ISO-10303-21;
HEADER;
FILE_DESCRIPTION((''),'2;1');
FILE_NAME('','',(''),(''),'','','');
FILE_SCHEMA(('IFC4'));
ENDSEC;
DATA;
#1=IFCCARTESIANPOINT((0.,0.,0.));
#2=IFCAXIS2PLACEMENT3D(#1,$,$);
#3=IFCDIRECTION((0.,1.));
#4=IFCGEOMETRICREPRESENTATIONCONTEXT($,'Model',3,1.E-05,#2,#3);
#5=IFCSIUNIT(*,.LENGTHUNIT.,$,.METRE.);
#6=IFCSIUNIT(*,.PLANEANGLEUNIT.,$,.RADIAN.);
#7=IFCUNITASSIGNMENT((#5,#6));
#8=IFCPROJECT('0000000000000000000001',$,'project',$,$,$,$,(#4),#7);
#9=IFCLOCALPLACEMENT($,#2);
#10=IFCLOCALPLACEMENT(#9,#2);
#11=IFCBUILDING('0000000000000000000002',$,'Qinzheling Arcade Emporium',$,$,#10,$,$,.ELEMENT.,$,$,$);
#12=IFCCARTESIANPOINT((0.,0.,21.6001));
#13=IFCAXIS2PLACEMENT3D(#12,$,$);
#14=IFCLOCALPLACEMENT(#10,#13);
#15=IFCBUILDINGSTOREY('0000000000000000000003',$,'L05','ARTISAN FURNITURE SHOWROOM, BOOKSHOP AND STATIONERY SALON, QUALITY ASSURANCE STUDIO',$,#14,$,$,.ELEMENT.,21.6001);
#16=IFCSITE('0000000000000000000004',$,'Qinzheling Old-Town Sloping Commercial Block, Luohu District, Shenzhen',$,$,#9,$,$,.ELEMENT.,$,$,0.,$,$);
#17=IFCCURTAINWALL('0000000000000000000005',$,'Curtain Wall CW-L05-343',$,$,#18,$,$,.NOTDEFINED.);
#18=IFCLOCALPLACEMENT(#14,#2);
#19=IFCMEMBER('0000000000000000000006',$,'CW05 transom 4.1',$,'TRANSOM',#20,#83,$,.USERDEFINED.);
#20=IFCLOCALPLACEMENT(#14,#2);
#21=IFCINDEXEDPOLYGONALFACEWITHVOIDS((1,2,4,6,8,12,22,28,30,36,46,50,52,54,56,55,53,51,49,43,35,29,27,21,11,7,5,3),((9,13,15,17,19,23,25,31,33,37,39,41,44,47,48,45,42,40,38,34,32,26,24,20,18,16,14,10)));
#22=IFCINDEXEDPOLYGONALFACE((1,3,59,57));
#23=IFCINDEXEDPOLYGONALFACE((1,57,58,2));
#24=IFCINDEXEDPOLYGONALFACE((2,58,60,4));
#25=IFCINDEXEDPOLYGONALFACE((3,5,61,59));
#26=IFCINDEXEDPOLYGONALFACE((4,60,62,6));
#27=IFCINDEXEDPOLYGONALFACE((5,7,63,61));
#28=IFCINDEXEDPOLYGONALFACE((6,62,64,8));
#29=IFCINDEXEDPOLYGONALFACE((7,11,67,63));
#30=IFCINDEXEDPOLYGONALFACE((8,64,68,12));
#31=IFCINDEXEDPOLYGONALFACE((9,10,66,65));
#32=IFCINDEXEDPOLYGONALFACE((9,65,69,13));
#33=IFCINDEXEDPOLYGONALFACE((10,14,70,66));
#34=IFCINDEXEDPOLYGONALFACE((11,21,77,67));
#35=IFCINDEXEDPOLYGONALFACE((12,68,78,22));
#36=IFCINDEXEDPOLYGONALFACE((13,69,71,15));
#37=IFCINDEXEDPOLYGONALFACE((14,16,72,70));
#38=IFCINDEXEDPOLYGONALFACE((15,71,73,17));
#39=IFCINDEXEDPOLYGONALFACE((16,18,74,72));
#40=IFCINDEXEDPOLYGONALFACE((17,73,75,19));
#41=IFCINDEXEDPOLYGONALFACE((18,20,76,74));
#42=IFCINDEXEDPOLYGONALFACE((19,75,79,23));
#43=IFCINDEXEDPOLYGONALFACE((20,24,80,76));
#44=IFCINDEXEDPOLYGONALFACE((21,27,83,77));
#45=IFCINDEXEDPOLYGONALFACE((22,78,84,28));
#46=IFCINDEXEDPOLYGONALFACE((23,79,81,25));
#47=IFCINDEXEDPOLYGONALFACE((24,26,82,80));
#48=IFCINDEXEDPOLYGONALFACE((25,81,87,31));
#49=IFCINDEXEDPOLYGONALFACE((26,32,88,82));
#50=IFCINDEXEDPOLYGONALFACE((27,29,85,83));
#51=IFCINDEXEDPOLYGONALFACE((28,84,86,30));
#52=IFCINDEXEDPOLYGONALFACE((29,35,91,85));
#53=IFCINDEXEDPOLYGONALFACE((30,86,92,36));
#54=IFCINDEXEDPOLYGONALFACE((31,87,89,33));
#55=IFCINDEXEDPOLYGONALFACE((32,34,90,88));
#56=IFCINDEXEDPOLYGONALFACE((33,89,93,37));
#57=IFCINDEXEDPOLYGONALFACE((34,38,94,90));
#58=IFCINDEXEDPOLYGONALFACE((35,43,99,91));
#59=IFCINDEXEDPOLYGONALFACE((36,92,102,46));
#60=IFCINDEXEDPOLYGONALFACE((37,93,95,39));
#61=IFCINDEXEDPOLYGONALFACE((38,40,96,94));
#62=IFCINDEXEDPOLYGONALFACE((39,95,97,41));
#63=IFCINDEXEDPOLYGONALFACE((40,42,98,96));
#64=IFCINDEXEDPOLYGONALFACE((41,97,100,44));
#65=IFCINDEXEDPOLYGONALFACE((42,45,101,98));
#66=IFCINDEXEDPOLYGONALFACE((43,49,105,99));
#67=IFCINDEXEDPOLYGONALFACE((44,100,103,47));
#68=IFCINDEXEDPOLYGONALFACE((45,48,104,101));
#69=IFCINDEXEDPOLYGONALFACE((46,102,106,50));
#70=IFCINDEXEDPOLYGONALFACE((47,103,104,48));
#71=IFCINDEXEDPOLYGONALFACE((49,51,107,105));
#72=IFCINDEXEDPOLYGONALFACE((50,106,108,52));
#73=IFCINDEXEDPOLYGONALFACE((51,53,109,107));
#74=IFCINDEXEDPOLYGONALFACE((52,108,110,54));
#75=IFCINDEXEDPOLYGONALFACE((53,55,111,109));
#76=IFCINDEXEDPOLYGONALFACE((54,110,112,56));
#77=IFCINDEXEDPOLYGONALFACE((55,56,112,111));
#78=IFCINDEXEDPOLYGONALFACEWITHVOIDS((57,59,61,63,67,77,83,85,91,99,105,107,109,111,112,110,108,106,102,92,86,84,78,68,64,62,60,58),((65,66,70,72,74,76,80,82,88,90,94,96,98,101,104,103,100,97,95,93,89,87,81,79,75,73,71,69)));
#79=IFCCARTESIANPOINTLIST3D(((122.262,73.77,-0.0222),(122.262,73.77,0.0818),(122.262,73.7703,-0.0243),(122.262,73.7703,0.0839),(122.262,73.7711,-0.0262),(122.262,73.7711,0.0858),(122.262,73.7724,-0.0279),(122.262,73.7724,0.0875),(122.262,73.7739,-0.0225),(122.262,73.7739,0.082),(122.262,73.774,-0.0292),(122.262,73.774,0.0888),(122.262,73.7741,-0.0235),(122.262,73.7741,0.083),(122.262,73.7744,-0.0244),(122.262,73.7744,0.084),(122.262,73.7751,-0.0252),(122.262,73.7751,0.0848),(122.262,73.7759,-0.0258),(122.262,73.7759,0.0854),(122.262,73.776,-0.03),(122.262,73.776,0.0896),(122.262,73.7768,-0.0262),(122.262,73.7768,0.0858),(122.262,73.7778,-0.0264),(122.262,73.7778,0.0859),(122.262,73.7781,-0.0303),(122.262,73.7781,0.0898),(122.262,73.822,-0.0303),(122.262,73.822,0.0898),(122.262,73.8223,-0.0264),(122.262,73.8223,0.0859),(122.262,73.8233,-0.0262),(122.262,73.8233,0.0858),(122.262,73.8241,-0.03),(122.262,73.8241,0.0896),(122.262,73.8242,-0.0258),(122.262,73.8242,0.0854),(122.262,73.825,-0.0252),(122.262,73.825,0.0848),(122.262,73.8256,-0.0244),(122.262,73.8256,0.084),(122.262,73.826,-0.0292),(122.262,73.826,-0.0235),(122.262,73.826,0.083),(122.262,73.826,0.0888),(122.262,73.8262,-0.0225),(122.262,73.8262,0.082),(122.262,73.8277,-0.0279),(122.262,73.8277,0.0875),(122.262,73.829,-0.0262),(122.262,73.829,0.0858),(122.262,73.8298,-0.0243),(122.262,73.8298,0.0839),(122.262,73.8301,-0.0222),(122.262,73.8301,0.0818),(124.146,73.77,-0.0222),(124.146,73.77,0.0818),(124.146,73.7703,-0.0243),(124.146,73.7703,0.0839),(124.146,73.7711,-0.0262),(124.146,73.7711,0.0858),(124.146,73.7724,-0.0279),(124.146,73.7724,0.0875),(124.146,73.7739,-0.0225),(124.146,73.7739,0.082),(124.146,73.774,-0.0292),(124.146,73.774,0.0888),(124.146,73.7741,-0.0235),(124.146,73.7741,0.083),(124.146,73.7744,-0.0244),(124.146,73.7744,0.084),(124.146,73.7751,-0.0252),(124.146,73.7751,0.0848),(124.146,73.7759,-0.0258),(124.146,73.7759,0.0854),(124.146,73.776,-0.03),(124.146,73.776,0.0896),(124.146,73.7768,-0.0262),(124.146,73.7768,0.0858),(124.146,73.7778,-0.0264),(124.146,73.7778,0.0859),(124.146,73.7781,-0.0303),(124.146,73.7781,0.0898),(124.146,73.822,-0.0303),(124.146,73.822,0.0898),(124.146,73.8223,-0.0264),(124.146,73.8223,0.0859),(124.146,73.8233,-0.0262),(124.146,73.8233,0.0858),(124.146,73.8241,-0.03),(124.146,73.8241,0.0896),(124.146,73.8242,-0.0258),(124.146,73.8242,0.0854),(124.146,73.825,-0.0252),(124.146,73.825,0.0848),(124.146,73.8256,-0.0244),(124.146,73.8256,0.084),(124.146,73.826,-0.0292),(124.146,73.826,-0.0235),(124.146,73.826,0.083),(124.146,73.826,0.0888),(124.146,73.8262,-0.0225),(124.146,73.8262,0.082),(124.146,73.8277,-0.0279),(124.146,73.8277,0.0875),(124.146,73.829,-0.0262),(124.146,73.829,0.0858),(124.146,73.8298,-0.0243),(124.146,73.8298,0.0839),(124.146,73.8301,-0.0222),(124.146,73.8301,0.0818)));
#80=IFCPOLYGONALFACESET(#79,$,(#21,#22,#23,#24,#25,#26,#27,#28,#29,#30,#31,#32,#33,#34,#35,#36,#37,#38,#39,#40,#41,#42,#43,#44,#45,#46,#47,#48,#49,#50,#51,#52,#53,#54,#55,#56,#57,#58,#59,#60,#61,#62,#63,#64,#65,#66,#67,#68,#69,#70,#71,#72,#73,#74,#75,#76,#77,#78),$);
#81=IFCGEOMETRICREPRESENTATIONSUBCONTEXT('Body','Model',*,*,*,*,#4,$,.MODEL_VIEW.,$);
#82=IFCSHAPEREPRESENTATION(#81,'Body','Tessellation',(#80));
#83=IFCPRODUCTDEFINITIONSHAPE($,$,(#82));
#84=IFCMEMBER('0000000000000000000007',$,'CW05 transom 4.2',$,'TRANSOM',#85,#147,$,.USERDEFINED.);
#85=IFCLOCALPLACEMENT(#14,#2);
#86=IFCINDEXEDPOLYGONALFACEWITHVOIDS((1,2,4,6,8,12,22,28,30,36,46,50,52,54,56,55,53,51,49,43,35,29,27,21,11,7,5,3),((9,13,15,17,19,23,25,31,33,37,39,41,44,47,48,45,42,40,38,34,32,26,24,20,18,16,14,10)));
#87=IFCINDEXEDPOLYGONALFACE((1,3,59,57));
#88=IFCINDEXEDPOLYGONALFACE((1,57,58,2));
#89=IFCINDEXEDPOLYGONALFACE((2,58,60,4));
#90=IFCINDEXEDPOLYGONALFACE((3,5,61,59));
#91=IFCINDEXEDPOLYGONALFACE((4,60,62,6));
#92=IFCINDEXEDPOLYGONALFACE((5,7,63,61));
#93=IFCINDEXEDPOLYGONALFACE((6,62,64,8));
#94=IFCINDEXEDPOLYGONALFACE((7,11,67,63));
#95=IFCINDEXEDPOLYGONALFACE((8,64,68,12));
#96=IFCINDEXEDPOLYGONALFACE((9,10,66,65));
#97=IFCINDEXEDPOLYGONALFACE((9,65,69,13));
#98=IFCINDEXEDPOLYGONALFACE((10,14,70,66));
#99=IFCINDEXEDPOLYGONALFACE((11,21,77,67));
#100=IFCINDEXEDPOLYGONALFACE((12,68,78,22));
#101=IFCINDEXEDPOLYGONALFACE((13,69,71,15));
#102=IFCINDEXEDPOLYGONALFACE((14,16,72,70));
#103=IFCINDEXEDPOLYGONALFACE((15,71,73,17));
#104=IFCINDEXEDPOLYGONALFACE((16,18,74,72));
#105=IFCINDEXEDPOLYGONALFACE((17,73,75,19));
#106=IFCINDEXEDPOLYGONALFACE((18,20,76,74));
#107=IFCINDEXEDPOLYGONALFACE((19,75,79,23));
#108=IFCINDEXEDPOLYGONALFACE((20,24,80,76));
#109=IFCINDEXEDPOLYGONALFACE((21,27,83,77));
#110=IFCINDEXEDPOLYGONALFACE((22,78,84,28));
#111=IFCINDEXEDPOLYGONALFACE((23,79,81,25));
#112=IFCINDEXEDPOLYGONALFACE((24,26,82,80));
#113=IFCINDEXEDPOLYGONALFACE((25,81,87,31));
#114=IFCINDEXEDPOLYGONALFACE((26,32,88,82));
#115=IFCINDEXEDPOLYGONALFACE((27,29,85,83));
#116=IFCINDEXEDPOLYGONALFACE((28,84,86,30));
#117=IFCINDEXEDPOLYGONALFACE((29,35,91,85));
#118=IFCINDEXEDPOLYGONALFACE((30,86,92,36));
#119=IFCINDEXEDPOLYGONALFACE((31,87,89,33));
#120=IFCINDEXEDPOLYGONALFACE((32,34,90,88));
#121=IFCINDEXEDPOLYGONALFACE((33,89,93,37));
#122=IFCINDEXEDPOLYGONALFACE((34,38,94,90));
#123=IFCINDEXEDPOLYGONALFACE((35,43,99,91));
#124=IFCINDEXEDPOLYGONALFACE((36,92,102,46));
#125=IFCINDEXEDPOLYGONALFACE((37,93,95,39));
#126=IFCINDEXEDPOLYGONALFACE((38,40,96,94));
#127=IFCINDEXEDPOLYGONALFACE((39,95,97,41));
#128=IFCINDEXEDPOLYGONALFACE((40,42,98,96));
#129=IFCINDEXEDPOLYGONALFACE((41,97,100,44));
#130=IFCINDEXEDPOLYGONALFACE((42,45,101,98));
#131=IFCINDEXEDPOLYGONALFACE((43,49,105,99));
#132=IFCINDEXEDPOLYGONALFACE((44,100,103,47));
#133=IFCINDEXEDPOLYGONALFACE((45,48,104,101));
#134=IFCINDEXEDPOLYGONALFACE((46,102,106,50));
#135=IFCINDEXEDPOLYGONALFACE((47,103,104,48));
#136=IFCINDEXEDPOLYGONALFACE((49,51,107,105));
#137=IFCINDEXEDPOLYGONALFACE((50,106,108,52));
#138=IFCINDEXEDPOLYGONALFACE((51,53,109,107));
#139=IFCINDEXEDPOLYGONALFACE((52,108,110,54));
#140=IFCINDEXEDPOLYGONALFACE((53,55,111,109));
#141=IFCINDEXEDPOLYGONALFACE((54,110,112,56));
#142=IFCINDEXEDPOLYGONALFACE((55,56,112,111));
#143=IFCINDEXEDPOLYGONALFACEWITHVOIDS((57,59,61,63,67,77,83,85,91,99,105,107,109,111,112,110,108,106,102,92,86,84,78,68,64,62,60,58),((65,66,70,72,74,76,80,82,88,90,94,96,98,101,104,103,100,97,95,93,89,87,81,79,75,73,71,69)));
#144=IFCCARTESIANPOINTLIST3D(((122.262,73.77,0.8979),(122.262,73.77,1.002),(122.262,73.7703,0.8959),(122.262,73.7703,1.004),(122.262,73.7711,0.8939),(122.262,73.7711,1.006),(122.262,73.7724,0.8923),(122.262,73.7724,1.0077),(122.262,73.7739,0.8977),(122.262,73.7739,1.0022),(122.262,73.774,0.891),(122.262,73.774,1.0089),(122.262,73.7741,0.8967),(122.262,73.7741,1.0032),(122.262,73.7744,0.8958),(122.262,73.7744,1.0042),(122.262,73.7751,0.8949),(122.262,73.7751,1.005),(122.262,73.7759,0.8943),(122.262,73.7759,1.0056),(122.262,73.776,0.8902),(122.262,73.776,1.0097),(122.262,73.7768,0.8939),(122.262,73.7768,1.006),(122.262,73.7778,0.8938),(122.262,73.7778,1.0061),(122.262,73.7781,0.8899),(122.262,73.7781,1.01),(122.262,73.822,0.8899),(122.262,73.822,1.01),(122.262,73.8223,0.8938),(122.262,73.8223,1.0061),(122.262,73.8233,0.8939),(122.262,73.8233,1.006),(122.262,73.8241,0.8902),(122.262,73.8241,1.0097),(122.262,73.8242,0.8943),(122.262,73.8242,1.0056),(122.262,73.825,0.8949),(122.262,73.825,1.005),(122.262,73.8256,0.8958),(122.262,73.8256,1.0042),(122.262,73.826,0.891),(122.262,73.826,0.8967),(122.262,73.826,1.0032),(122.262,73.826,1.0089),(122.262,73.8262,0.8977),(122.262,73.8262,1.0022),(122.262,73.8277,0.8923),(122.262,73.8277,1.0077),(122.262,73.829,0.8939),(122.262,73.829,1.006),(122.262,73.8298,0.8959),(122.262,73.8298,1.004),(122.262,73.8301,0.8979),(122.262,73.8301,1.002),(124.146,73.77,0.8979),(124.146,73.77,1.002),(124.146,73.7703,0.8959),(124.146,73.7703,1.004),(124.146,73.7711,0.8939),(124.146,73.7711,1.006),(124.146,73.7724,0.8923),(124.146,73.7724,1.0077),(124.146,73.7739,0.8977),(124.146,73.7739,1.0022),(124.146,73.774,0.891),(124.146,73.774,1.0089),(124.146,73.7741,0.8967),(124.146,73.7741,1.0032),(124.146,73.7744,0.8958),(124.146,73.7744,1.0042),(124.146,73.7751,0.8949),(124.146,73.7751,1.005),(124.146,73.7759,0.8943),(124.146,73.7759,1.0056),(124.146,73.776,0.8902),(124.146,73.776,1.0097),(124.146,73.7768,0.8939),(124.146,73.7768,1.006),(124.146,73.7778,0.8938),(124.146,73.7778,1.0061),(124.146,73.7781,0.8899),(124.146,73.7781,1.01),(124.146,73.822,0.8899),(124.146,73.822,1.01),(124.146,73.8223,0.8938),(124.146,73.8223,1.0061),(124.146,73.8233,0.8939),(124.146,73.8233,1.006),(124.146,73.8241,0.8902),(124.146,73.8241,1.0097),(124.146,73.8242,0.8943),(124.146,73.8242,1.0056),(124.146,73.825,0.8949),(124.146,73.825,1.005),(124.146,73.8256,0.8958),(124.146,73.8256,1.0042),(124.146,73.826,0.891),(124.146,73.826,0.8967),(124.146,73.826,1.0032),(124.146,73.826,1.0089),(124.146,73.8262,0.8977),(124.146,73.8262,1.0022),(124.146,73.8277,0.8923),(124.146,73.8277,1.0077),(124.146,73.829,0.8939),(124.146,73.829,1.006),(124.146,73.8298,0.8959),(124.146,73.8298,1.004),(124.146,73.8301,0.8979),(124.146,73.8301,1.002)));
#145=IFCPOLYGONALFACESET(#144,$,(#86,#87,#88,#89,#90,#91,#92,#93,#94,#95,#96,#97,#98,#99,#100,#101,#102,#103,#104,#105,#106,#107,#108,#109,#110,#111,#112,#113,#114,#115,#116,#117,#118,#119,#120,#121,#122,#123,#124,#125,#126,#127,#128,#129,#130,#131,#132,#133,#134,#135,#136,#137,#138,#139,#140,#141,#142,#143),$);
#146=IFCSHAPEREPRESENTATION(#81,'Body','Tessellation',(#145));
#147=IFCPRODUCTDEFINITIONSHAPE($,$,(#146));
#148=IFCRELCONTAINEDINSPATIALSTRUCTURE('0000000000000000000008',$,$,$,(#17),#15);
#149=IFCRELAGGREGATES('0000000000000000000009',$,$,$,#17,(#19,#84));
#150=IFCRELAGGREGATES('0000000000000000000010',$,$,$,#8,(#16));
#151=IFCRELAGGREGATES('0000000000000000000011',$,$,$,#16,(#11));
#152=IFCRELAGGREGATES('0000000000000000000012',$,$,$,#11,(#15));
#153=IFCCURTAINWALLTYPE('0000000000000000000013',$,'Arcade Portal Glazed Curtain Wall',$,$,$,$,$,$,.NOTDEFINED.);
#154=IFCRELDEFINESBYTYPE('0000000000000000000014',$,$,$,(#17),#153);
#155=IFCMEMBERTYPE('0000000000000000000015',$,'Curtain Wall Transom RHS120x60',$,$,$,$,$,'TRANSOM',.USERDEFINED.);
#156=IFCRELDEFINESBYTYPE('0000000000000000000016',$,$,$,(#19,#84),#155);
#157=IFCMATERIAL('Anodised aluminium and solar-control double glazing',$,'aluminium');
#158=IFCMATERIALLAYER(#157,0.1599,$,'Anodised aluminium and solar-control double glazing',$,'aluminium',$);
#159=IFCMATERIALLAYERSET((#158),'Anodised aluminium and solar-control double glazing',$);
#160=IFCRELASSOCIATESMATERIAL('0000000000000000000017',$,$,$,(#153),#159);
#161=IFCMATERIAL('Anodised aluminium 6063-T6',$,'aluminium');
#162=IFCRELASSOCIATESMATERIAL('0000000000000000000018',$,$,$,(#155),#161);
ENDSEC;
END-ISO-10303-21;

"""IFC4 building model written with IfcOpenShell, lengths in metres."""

from ifc_helpers import new_model, si_unit, direction, frame, origin, origin_2d, place, context, subcontext, project, spatial, hollow_rectangle, extrude, material, layer, layer_set, material_profile, profile_set, type_object, element, aggregate, save


model = new_model("IFC4")

# Units and contexts
model_context = context("Model", 3, precision=1e-05, world=origin(), true_north=direction((0.0, 1.0)))
body_context = subcontext(model_context, "Body", "Model", "MODEL_VIEW")
ifc_project = project(units=[si_unit("LENGTHUNIT", "METRE"), si_unit("PLANEANGLEUNIT", "RADIAN")], contexts=[model_context])

# Site, building, storey
site_placement = place(None, origin())
site = spatial("IfcSite", under=ifc_project, at=site_placement, Name="Qinzheling Old-Town Sloping Commercial Block, Luohu District, Shenzhen", CompositionType="ELEMENT", RefElevation=0.0)
building_placement = place(site_placement, origin())
building = spatial("IfcBuilding", under=site, at=building_placement, Name="Qinzheling Arcade Emporium", CompositionType="ELEMENT")
storey_placement = place(building_placement, frame((0.0, 0.0, 21.6001)))
storey = spatial("IfcBuildingStorey", under=building, at=storey_placement, Name="L05", Description="ARTISAN FURNITURE SHOWROOM, BOOKSHOP AND STATIONERY SALON, QUALITY ASSURANCE STUDIO", CompositionType="ELEMENT", Elevation=21.6001)

# Curtain wall
ifc_material_1 = material(Name="Anodised aluminium and solar-control double glazing", Category="aluminium")
ifc_layer_1 = layer(ifc_material_1, 0.1599, Name="Anodised aluminium and solar-control double glazing", Category="aluminium")
ifc_layer_set_1 = layer_set([ifc_layer_1], Name="Anodised aluminium and solar-control double glazing")
curtain_wall_type = type_object("IfcCurtainWallType", Name="Arcade Portal Glazed Curtain Wall", PredefinedType="NOTDEFINED", material=ifc_layer_set_1)
curtain_wall_1_placement = place(storey_placement, origin())
curtain_wall_1 = element("IfcCurtainWall", 1, at=curtain_wall_1_placement, inside=storey, type_object=curtain_wall_type, Name="Curtain Wall CW-L05-343", PredefinedType="NOTDEFINED")
ifc_material_2 = material(Name="Anodised aluminium 6063-T6", Category="aluminium")

# Members
ifc_material_profile_1 = material_profile(ifc_material_2, hollow_rectangle(XDim=0.0601, YDim=0.1201, WallThickness=0.0039, InnerFilletRadius=0.0039, OuterFilletRadius=0.0081, at=origin_2d()), Name="RHS 120x60x4", Category="aluminium")
ifc_profile_set_1 = profile_set([ifc_material_profile_1], Name="Anodised aluminium 6063-T6")
member_type_1 = type_object("IfcMemberType", Name="Curtain Wall Transom RHS120x60", ElementType="TRANSOM", PredefinedType="USERDEFINED", material=ifc_profile_set_1)
member_1_placement = place(storey_placement, frame((124.146, 73.8, 0.0298), z_axis=(-1.0, 0.0, 0.0), x_axis=(0.0, -1.0, 0.0)))
member_1 = element("IfcMember", 2, at=member_1_placement, type_object=member_type_1, Name="CW05 transom 4.1", ObjectType="TRANSOM", PredefinedType="USERDEFINED", context=body_context, shape_type="SweptSolid", body=[
    extrude(hollow_rectangle(XDim=0.0601, YDim=0.1201, WallThickness=0.0039, InnerFilletRadius=0.0039, OuterFilletRadius=0.0081, at=origin_2d()), origin(), (0.0, 0.0, 1.0), 1.884),
])
member_2_placement = place(storey_placement, frame((124.146, 73.8, 0.95), z_axis=(-1.0, 0.0, 0.0), x_axis=(0.0, -1.0, 0.0)))
member_2 = element("IfcMember", 3, at=member_2_placement, type_object=member_type_1, Name="CW05 transom 4.2", ObjectType="TRANSOM", PredefinedType="USERDEFINED", context=body_context, shape_type="SweptSolid", body=[
    extrude(hollow_rectangle(XDim=0.0601, YDim=0.1201, WallThickness=0.0039, InnerFilletRadius=0.0039, OuterFilletRadius=0.0081, at=origin_2d()), origin(), (0.0, 0.0, 1.0), 1.884),
])

aggregate(curtain_wall_1, [member_1, member_2])

save(model, "model.ifc")
